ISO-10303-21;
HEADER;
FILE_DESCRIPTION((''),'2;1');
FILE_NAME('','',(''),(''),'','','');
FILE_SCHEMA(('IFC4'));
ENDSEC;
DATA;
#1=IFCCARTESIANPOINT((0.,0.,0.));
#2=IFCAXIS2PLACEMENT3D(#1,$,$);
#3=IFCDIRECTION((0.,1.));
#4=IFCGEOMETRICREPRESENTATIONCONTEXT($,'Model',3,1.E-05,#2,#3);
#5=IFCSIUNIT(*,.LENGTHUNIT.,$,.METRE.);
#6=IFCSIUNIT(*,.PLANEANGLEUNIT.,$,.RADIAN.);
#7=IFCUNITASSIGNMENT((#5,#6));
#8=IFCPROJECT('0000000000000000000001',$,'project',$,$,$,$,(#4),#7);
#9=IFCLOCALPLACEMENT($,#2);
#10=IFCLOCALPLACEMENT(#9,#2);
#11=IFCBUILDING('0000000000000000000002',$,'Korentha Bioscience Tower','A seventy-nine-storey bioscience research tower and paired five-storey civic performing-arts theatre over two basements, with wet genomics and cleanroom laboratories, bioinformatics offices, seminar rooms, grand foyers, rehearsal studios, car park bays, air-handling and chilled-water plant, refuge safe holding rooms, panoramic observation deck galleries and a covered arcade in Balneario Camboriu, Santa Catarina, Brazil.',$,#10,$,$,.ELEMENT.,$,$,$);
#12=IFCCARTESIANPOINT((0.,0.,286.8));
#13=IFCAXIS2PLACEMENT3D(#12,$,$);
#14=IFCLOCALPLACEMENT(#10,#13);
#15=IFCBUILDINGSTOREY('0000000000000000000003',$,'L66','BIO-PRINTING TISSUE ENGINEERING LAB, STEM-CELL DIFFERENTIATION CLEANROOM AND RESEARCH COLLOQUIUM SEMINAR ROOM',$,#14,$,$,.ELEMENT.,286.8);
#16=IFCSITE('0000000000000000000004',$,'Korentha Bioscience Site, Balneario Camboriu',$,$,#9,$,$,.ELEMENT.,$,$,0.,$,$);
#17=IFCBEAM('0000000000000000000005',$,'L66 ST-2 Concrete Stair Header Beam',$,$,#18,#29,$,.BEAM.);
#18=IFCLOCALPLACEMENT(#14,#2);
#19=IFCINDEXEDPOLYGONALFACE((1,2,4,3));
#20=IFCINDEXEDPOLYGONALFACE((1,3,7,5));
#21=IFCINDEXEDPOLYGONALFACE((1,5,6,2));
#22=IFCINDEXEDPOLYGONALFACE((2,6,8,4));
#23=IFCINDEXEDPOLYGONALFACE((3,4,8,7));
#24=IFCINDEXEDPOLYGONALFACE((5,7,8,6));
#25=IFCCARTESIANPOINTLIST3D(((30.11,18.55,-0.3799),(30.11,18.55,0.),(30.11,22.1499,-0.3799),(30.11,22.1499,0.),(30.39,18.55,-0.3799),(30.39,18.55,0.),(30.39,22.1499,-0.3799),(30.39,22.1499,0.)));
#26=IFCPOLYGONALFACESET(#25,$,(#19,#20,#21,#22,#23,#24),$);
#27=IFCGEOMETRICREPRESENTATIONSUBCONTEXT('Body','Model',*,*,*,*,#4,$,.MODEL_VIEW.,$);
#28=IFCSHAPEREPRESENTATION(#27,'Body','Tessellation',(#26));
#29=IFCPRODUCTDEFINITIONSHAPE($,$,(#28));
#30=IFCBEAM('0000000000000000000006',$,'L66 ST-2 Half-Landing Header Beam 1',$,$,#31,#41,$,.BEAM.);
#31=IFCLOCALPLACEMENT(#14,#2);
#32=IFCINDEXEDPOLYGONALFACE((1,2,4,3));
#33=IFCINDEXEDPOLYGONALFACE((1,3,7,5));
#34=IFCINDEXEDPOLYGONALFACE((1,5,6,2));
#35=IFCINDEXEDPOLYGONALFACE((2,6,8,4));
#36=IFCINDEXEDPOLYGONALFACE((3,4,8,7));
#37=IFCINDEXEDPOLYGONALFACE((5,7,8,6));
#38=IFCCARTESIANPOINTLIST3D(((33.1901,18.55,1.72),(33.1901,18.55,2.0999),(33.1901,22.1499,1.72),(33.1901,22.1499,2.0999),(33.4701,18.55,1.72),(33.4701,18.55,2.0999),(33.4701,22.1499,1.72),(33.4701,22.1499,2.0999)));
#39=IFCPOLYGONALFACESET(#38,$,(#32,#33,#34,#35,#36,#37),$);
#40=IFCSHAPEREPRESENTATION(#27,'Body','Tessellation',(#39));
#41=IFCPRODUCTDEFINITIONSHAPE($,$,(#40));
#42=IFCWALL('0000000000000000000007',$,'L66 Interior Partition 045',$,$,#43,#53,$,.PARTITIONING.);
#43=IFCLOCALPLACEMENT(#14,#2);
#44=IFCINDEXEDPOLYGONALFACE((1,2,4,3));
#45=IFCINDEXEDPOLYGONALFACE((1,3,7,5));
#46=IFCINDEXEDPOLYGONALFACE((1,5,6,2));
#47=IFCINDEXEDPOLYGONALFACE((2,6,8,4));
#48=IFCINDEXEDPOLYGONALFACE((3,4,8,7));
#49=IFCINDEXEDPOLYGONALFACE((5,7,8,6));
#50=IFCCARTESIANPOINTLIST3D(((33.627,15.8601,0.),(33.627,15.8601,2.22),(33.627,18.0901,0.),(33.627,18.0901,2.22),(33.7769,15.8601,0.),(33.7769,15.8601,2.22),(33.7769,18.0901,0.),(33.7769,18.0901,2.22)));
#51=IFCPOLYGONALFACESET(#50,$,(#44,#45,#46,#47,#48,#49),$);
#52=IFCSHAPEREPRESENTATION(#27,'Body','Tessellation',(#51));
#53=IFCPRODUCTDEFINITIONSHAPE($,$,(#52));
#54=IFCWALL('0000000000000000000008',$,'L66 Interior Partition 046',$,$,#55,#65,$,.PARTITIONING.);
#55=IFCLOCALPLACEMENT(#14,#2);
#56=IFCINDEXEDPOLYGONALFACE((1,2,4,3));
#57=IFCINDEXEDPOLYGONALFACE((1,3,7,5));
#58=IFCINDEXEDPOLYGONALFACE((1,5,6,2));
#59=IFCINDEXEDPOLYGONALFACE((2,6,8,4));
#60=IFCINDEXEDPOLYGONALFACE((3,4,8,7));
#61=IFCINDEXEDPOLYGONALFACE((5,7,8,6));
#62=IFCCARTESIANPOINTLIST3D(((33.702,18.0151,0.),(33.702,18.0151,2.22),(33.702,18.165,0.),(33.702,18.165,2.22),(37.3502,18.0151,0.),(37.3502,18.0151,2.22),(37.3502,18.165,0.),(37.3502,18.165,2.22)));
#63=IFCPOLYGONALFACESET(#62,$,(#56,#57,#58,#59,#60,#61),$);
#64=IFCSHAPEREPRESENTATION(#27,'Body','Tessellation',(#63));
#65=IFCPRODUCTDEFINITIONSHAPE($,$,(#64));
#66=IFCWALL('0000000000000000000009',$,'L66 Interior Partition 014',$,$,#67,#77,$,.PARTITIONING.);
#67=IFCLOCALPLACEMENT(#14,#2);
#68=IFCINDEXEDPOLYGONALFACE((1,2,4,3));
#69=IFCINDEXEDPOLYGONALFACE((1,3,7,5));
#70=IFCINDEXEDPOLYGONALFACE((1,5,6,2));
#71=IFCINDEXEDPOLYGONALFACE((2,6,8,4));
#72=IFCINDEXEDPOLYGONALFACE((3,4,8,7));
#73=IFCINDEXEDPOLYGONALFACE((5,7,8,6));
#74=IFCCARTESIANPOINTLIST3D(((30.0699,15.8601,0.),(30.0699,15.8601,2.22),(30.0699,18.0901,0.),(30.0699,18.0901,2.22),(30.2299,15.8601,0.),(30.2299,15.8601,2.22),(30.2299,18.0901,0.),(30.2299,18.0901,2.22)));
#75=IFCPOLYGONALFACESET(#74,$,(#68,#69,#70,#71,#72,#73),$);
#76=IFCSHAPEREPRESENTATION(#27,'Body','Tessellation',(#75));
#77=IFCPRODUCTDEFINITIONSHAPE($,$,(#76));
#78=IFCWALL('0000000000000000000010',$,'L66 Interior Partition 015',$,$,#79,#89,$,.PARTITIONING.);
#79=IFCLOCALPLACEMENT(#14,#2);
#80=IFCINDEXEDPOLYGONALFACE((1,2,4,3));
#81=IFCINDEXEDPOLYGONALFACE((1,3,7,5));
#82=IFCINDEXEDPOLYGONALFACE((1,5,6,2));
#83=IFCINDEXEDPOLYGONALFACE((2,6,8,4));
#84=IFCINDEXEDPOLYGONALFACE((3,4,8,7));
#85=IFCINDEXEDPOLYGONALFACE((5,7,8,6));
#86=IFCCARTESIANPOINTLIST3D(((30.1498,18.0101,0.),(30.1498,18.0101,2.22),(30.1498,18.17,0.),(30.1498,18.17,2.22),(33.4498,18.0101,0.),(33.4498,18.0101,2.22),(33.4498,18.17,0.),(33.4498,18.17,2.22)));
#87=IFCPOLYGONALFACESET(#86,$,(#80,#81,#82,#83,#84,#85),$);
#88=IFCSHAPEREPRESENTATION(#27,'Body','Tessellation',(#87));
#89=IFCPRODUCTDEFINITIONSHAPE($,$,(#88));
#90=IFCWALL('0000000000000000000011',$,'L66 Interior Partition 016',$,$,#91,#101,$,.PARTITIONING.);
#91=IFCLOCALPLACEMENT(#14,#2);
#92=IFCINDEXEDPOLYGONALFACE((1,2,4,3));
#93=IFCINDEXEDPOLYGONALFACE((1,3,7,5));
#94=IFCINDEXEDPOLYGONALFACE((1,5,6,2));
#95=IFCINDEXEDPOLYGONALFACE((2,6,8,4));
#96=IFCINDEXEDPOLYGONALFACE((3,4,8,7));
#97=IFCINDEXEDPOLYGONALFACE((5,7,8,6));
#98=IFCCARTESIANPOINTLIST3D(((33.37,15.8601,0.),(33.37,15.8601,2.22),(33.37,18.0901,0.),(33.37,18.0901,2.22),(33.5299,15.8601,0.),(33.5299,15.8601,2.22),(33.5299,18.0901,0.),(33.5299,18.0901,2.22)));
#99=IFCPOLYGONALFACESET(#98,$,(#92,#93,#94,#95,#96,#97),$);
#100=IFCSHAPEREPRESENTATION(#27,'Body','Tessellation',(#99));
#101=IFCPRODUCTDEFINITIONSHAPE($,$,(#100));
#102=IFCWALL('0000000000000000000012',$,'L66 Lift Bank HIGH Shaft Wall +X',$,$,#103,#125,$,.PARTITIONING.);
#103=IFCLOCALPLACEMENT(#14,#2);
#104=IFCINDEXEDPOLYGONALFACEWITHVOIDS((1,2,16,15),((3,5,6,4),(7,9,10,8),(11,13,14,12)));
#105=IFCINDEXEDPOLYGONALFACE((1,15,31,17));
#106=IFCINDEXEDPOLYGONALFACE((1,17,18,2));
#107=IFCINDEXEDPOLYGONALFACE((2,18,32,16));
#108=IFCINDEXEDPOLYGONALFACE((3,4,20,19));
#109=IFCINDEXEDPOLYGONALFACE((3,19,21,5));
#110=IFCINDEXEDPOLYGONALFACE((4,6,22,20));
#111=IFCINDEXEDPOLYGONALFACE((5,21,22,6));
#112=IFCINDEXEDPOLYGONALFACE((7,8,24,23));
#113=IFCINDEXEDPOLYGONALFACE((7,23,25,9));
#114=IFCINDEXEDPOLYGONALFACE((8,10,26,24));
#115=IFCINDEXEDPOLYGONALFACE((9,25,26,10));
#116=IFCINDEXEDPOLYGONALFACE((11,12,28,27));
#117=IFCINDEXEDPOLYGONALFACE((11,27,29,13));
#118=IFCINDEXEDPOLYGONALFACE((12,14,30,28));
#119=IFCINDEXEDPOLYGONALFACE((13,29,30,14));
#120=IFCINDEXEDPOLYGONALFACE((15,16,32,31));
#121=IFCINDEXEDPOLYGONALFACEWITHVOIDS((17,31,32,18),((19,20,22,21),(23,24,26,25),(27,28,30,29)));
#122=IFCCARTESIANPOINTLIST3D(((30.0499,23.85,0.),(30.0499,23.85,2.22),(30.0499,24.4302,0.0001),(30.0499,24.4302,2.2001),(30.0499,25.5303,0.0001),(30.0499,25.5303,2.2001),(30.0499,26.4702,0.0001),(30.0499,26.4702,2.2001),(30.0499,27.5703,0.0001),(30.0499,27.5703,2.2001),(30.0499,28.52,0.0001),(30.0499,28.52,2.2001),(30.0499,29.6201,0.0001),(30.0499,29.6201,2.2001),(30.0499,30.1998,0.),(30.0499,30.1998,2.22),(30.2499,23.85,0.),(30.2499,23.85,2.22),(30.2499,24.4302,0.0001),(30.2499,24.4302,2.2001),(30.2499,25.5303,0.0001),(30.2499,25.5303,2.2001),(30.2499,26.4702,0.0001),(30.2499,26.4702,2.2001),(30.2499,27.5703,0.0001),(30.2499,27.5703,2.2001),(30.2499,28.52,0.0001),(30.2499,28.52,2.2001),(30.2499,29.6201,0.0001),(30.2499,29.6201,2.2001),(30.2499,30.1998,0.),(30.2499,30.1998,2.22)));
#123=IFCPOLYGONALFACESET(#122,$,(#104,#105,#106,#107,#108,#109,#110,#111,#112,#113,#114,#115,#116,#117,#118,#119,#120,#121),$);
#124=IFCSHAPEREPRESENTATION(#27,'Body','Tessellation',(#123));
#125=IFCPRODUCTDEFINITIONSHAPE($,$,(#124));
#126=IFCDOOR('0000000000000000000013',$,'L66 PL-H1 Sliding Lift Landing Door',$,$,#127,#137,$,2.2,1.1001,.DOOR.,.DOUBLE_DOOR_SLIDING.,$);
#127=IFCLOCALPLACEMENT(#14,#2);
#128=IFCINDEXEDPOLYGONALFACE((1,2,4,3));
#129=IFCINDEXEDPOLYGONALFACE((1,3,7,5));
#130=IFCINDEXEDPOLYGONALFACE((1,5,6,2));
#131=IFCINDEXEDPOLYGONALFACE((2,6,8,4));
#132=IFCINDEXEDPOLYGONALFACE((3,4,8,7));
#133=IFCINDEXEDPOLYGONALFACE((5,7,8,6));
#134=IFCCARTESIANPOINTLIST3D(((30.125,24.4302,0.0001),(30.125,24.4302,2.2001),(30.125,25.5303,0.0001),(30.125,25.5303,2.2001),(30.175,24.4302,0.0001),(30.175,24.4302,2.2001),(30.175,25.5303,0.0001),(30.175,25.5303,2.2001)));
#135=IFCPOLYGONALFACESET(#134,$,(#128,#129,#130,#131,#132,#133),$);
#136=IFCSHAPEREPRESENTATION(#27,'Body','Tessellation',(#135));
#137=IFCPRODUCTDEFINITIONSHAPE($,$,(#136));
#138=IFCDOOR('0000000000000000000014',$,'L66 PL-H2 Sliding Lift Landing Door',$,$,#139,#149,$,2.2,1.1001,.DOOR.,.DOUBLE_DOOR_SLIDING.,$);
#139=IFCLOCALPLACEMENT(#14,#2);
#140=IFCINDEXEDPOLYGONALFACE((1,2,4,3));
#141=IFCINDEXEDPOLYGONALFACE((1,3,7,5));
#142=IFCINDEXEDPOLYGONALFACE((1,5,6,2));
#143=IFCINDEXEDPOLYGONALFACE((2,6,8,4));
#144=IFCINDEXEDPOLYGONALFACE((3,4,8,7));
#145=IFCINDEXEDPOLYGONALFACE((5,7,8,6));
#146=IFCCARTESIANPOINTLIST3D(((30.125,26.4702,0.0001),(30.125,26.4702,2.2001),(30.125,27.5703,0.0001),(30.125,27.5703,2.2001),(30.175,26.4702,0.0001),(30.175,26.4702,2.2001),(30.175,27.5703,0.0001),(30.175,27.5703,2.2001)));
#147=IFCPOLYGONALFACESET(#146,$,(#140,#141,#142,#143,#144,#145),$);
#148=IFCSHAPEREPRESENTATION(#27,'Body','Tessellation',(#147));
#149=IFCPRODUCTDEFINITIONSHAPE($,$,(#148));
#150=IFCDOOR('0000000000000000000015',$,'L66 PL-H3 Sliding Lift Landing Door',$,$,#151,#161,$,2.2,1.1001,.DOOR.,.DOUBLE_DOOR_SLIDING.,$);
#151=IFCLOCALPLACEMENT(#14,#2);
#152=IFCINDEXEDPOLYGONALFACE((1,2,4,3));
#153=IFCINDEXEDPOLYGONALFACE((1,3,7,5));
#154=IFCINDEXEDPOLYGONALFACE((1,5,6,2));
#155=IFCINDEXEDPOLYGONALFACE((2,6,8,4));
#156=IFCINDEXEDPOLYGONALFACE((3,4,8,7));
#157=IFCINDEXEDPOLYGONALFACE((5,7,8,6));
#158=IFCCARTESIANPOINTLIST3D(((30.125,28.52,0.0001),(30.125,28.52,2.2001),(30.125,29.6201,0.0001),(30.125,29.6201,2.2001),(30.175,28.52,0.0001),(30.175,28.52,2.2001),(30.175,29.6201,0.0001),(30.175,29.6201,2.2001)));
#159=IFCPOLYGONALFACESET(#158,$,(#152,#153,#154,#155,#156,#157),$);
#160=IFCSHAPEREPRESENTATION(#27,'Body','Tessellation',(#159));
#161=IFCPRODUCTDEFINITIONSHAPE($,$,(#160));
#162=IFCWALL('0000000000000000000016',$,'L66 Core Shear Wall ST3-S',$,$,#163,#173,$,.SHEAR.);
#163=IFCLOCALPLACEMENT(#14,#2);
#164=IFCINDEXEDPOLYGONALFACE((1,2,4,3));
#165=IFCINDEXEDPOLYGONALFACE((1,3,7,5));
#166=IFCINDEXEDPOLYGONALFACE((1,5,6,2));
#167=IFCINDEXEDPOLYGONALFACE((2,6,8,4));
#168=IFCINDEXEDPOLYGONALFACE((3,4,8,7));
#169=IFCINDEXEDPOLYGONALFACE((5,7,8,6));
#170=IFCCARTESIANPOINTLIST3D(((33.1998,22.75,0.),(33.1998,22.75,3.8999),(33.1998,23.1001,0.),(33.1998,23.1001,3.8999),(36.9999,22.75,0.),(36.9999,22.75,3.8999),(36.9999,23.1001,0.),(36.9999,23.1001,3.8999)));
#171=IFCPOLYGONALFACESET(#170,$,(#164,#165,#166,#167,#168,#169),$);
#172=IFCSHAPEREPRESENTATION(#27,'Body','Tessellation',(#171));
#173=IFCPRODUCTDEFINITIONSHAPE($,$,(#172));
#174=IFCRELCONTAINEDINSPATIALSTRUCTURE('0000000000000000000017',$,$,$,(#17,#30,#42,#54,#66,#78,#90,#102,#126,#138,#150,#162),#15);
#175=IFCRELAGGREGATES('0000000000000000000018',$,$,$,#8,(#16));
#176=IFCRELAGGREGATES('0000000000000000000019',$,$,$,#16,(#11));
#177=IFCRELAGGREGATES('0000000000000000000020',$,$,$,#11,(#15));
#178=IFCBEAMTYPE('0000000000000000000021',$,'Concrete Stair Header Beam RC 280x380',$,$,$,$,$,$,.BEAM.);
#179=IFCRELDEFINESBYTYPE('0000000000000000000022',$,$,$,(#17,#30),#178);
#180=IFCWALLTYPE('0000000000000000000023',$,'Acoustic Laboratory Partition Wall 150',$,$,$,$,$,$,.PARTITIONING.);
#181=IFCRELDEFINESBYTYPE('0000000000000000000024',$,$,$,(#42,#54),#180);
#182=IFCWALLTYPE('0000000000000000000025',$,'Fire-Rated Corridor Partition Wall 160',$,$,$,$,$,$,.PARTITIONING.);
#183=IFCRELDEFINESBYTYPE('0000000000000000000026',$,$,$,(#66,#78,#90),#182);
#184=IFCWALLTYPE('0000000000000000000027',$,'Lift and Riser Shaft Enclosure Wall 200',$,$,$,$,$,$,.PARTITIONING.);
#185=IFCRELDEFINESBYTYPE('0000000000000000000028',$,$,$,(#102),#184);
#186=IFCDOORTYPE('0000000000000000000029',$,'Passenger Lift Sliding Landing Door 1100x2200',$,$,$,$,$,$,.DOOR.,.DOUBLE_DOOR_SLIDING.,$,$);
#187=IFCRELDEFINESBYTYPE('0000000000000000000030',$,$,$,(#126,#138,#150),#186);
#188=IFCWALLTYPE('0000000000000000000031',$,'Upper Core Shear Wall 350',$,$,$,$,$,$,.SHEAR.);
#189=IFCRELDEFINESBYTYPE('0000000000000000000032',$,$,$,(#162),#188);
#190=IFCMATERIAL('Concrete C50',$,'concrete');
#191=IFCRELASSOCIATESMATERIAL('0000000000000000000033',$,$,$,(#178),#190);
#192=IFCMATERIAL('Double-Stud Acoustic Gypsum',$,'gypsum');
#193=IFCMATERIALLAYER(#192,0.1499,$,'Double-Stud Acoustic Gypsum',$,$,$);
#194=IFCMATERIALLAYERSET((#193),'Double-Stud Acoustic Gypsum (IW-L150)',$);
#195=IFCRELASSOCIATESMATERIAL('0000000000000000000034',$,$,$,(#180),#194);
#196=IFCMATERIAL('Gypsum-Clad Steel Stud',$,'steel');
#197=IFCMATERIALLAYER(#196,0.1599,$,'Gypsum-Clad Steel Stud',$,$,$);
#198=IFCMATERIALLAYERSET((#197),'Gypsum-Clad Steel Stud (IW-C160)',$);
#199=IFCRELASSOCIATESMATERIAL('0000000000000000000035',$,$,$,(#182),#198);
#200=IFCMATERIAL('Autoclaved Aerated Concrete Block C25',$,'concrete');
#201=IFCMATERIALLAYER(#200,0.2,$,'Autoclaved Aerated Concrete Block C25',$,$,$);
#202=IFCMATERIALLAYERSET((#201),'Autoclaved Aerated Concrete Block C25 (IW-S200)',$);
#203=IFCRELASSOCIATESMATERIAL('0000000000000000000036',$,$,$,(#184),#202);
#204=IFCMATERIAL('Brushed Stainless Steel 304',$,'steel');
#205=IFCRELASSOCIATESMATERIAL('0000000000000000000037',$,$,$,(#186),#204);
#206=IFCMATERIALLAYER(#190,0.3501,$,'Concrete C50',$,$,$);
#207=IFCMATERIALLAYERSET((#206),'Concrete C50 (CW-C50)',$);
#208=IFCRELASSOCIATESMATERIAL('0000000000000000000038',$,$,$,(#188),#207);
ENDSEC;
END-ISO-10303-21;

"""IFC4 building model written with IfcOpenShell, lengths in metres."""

from ifc_helpers import new_model, si_unit, direction, frame, frame_2d, origin, origin_2d, place, context, subcontext, project, spatial, rectangle, extrude, material, layer, layer_set, material_profile, profile_set, type_object, element, fill, save


model = new_model("IFC4")

# Units and contexts
model_context = context("Model", 3, precision=1e-05, world=origin(), true_north=direction((0.0, 1.0)))
body_context = subcontext(model_context, "Body", "Model", "MODEL_VIEW")
ifc_project = project(units=[si_unit("LENGTHUNIT", "METRE"), si_unit("PLANEANGLEUNIT", "RADIAN")], contexts=[model_context])

# Site, building, storey
site_placement = place(None, origin())
site = spatial("IfcSite", under=ifc_project, at=site_placement, Name="Korentha Bioscience Site, Balneario Camboriu", CompositionType="ELEMENT", RefElevation=0.0)
building_placement = place(site_placement, origin())
building = spatial("IfcBuilding", under=site, at=building_placement, Name="Korentha Bioscience Tower", Description="A seventy-nine-storey bioscience research tower and paired five-storey civic performing-arts theatre over two basements, with wet genomics and cleanroom laboratories, bioinformatics offices, seminar rooms, grand foyers, rehearsal studios, car park bays, air-handling and chilled-water plant, refuge safe holding rooms, panoramic observation deck galleries and a covered arcade in Balneario Camboriu, Santa Catarina, Brazil.", CompositionType="ELEMENT")
storey_placement = place(building_placement, frame((0.0, 0.0, 286.8)))
storey = spatial("IfcBuildingStorey", under=building, at=storey_placement, Name="L66", Description="BIO-PRINTING TISSUE ENGINEERING LAB, STEM-CELL DIFFERENTIATION CLEANROOM AND RESEARCH COLLOQUIUM SEMINAR ROOM", CompositionType="ELEMENT", Elevation=286.8)

# Beams
ifc_material_1 = material(Name="Concrete C50", Category="concrete")
ifc_material_profile = material_profile(ifc_material_1, rectangle(XDim=0.28, YDim=0.3799, at=origin_2d()), Name="Concrete C50")
ifc_profile_set = profile_set([ifc_material_profile], Name="Concrete C50 (ST-HB380)")
beam_type = type_object("IfcBeamType", Name="Concrete Stair Header Beam RC 280x380", PredefinedType="BEAM", material=ifc_profile_set)
for number, where, z_axis, x_axis, name in (
    (1, (30.25, 18.55, -0.1899), (0.0, 1.0, 0.0), (-1.0, 0.0, 0.0), "L66 ST-2 Concrete Stair Header Beam"),
    (2, (33.3301, 18.55, 1.9099), (0.0, 1.0, 0.0), (-1.0, 0.0, 0.0), "L66 ST-2 Half-Landing Header Beam 1"),
):
    element("IfcBeam", number, at=place(storey_placement, frame(where, z_axis=z_axis, x_axis=x_axis)), inside=storey, type_object=beam_type, Name=name, PredefinedType="BEAM", context=body_context, shape_type="SweptSolid", body=[
        extrude(rectangle(XDim=0.28, YDim=0.3799, at=origin_2d()), origin(), (0.0, 0.0, 1.0), 3.5999),
    ])

# Walls
ifc_material_2 = material(Name="Double-Stud Acoustic Gypsum", Category="gypsum")
ifc_layer_1 = layer(ifc_material_2, 0.1499, Name="Double-Stud Acoustic Gypsum")
ifc_layer_set_1 = layer_set([ifc_layer_1], Name="Double-Stud Acoustic Gypsum (IW-L150)")
wall_type_1 = type_object("IfcWallType", Name="Acoustic Laboratory Partition Wall 150", PredefinedType="PARTITIONING", material=ifc_layer_set_1)
wall_1_placement = place(storey_placement, frame((33.7019, 15.8601, 0.0), z_axis=(0.0, 0.0, 1.0), x_axis=(0.0, 1.0, 0.0)))
element("IfcWall", 3, at=wall_1_placement, inside=storey, type_object=wall_type_1, Name="L66 Interior Partition 045", PredefinedType="PARTITIONING", context=body_context, shape_type="SweptSolid", body=[
    extrude(rectangle(XDim=2.23, YDim=0.1499, at=frame_2d((1.115, 0.0))), origin(), (0.0, 0.0, 1.0), 2.22),
])
wall_2_placement = place(storey_placement, frame((33.7019, 18.0901, 0.0), z_axis=(0.0, 0.0, 1.0), x_axis=(1.0, 0.0, 0.0)))
element("IfcWall", 4, at=wall_2_placement, inside=storey, type_object=wall_type_1, Name="L66 Interior Partition 046", PredefinedType="PARTITIONING", context=body_context, shape_type="SweptSolid", body=[
    extrude(rectangle(XDim=3.6482, YDim=0.1499, at=frame_2d((1.8242, 0.0))), origin(), (0.0, 0.0, 1.0), 2.22),
])

# Shared definitions
ifc_material_3 = material(Name="Gypsum-Clad Steel Stud", Category="steel")
ifc_layer_2 = layer(ifc_material_3, 0.1599, Name="Gypsum-Clad Steel Stud")
ifc_layer_set_2 = layer_set([ifc_layer_2], Name="Gypsum-Clad Steel Stud (IW-C160)")
wall_type_2 = type_object("IfcWallType", Name="Fire-Rated Corridor Partition Wall 160", PredefinedType="PARTITIONING", material=ifc_layer_set_2)

# Walls
wall_3_placement = place(storey_placement, frame((30.1499, 15.8601, 0.0), z_axis=(0.0, 0.0, 1.0), x_axis=(0.0, 1.0, 0.0)))
element("IfcWall", 5, at=wall_3_placement, inside=storey, type_object=wall_type_2, Name="L66 Interior Partition 014", PredefinedType="PARTITIONING", context=body_context, shape_type="SweptSolid", body=[
    extrude(rectangle(XDim=2.23, YDim=0.1599, at=frame_2d((1.115, 0.0))), origin(), (0.0, 0.0, 1.0), 2.22),
])
wall_4_placement = place(storey_placement, frame((30.1499, 18.0901, 0.0), z_axis=(0.0, 0.0, 1.0), x_axis=(1.0, 0.0, 0.0)))
element("IfcWall", 6, at=wall_4_placement, inside=storey, type_object=wall_type_2, Name="L66 Interior Partition 015", PredefinedType="PARTITIONING", context=body_context, shape_type="SweptSolid", body=[
    extrude(rectangle(XDim=3.3, YDim=0.1599, at=frame_2d((1.6499, 0.0))), origin(), (0.0, 0.0, 1.0), 2.22),
])
wall_5_placement = place(storey_placement, frame((33.45, 18.0901, 0.0), z_axis=(0.0, 0.0, 1.0), x_axis=(0.0, -1.0, 0.0)))
element("IfcWall", 7, at=wall_5_placement, inside=storey, type_object=wall_type_2, Name="L66 Interior Partition 016", PredefinedType="PARTITIONING", context=body_context, shape_type="SweptSolid", body=[
    extrude(rectangle(XDim=2.23, YDim=0.1599, at=frame_2d((1.115, 0.0))), origin(), (0.0, 0.0, 1.0), 2.22),
])

# Wall, openings, doors
ifc_material_4 = material(Name="Autoclaved Aerated Concrete Block C25", Category="concrete")
ifc_layer_3 = layer(ifc_material_4, 0.2, Name="Autoclaved Aerated Concrete Block C25")
ifc_layer_set_3 = layer_set([ifc_layer_3], Name="Autoclaved Aerated Concrete Block C25 (IW-S200)")
wall_type_3 = type_object("IfcWallType", Name="Lift and Riser Shaft Enclosure Wall 200", PredefinedType="PARTITIONING", material=ifc_layer_set_3)
wall_6_placement = place(storey_placement, frame((30.1499, 23.8501, 0.0), z_axis=(0.0, 0.0, 1.0), x_axis=(0.0, 1.0, 0.0)))
wall_6 = element("IfcWall", 8, at=wall_6_placement, inside=storey, type_object=wall_type_3, Name="L66 Lift Bank HIGH Shaft Wall +X", PredefinedType="PARTITIONING", context=body_context, shape_type="SweptSolid", body=[
    extrude(rectangle(XDim=6.3499, YDim=0.2, at=frame_2d((3.1748, 0.0))), origin(), (0.0, 0.0, 1.0), 2.22),
])
opening_1_placement = place(wall_6_placement, frame((0.5801, 0.0, 0.0)))
opening_1 = element("IfcOpeningElement", 9, at=opening_1_placement, cuts=wall_6, PredefinedType="OPENING", context=body_context, shape_type="SweptSolid", body=[
    extrude(rectangle(XDim=1.1001, YDim=2.2, at=frame_2d((0.55, 1.1001))), frame((0.0, 0.1147, 0.0), z_axis=(0.0, -1.0, 0.0), x_axis=(1.0, 0.0, 0.0)), (0.0, 0.0, 1.0), 0.2297),
])
opening_2_placement = place(wall_6_placement, frame((2.6201, 0.0, 0.0)))
opening_2 = element("IfcOpeningElement", 10, at=opening_2_placement, cuts=wall_6, PredefinedType="OPENING", context=body_context, shape_type="SweptSolid", body=[
    extrude(rectangle(XDim=1.1001, YDim=2.2, at=frame_2d((0.55, 1.1001))), frame((0.0, 0.1147, 0.0), z_axis=(0.0, -1.0, 0.0), x_axis=(1.0, 0.0, 0.0)), (0.0, 0.0, 1.0), 0.2297),
])
opening_3_placement = place(wall_6_placement, frame((4.6699, 0.0, 0.0)))
opening_3 = element("IfcOpeningElement", 11, at=opening_3_placement, cuts=wall_6, PredefinedType="OPENING", context=body_context, shape_type="SweptSolid", body=[
    extrude(rectangle(XDim=1.1001, YDim=2.2, at=frame_2d((0.55, 1.1001))), frame((0.0, 0.1147, 0.0), z_axis=(0.0, -1.0, 0.0), x_axis=(1.0, 0.0, 0.0)), (0.0, 0.0, 1.0), 0.2297),
])
ifc_material_5 = material(Name="Brushed Stainless Steel 304", Category="steel")
door_type_1 = type_object("IfcDoorType", Name="Passenger Lift Sliding Landing Door 1100x2200", OperationType="DOUBLE_DOOR_SLIDING", PredefinedType="DOOR", material=ifc_material_5)
door_1_placement = place(opening_1_placement, origin())
door_1 = element("IfcDoor", 12, at=door_1_placement, inside=storey, type_object=door_type_1, Name="L66 PL-H1 Sliding Lift Landing Door", OperationType="DOUBLE_DOOR_SLIDING", OverallHeight=2.2, OverallWidth=1.1001, PredefinedType="DOOR", context=body_context, shape_type="SweptSolid", body=[
    extrude(rectangle(XDim=1.1001, YDim=2.2, at=frame_2d((0.55, 1.1001))), frame((0.0, 0.0249, 0.0), z_axis=(0.0, -1.0, 0.0), x_axis=(1.0, 0.0, 0.0)), (0.0, 0.0, 1.0), 0.05),
])
fill(opening_1, door_1)
door_2_placement = place(opening_2_placement, origin())
door_2 = element("IfcDoor", 13, at=door_2_placement, inside=storey, type_object=door_type_1, Name="L66 PL-H2 Sliding Lift Landing Door", OperationType="DOUBLE_DOOR_SLIDING", OverallHeight=2.2, OverallWidth=1.1001, PredefinedType="DOOR", context=body_context, shape_type="SweptSolid", body=[
    extrude(rectangle(XDim=1.1001, YDim=2.2, at=frame_2d((0.55, 1.1001))), frame((0.0, 0.0249, 0.0), z_axis=(0.0, -1.0, 0.0), x_axis=(1.0, 0.0, 0.0)), (0.0, 0.0, 1.0), 0.05),
])
fill(opening_2, door_2)
door_3_placement = place(opening_3_placement, origin())
door_3 = element("IfcDoor", 14, at=door_3_placement, inside=storey, type_object=door_type_1, Name="L66 PL-H3 Sliding Lift Landing Door", OperationType="DOUBLE_DOOR_SLIDING", OverallHeight=2.2, OverallWidth=1.1001, PredefinedType="DOOR", context=body_context, shape_type="SweptSolid", body=[
    extrude(rectangle(XDim=1.1001, YDim=2.2, at=frame_2d((0.55, 1.1001))), frame((0.0, 0.0249, 0.0), z_axis=(0.0, -1.0, 0.0), x_axis=(1.0, 0.0, 0.0)), (0.0, 0.0, 1.0), 0.05),
])
fill(opening_3, door_3)

# Wall
ifc_layer_4 = layer(ifc_material_1, 0.3501, Name="Concrete C50")
ifc_layer_set_4 = layer_set([ifc_layer_4], Name="Concrete C50 (CW-C50)")
wall_type_4 = type_object("IfcWallType", Name="Upper Core Shear Wall 350", PredefinedType="SHEAR", material=ifc_layer_set_4)
wall_7_placement = place(storey_placement, frame((33.2, 22.925, 0.0), z_axis=(0.0, 0.0, 1.0), x_axis=(1.0, 0.0, 0.0)))
element("IfcWall", 15, at=wall_7_placement, inside=storey, type_object=wall_type_4, Name="L66 Core Shear Wall ST3-S", PredefinedType="SHEAR", context=body_context, shape_type="SweptSolid", body=[
    extrude(rectangle(XDim=3.8, YDim=0.3501, at=frame_2d((1.8999, 0.0))), origin(), (0.0, 0.0, 1.0), 3.8999),
])

save(model, "model.ifc")
